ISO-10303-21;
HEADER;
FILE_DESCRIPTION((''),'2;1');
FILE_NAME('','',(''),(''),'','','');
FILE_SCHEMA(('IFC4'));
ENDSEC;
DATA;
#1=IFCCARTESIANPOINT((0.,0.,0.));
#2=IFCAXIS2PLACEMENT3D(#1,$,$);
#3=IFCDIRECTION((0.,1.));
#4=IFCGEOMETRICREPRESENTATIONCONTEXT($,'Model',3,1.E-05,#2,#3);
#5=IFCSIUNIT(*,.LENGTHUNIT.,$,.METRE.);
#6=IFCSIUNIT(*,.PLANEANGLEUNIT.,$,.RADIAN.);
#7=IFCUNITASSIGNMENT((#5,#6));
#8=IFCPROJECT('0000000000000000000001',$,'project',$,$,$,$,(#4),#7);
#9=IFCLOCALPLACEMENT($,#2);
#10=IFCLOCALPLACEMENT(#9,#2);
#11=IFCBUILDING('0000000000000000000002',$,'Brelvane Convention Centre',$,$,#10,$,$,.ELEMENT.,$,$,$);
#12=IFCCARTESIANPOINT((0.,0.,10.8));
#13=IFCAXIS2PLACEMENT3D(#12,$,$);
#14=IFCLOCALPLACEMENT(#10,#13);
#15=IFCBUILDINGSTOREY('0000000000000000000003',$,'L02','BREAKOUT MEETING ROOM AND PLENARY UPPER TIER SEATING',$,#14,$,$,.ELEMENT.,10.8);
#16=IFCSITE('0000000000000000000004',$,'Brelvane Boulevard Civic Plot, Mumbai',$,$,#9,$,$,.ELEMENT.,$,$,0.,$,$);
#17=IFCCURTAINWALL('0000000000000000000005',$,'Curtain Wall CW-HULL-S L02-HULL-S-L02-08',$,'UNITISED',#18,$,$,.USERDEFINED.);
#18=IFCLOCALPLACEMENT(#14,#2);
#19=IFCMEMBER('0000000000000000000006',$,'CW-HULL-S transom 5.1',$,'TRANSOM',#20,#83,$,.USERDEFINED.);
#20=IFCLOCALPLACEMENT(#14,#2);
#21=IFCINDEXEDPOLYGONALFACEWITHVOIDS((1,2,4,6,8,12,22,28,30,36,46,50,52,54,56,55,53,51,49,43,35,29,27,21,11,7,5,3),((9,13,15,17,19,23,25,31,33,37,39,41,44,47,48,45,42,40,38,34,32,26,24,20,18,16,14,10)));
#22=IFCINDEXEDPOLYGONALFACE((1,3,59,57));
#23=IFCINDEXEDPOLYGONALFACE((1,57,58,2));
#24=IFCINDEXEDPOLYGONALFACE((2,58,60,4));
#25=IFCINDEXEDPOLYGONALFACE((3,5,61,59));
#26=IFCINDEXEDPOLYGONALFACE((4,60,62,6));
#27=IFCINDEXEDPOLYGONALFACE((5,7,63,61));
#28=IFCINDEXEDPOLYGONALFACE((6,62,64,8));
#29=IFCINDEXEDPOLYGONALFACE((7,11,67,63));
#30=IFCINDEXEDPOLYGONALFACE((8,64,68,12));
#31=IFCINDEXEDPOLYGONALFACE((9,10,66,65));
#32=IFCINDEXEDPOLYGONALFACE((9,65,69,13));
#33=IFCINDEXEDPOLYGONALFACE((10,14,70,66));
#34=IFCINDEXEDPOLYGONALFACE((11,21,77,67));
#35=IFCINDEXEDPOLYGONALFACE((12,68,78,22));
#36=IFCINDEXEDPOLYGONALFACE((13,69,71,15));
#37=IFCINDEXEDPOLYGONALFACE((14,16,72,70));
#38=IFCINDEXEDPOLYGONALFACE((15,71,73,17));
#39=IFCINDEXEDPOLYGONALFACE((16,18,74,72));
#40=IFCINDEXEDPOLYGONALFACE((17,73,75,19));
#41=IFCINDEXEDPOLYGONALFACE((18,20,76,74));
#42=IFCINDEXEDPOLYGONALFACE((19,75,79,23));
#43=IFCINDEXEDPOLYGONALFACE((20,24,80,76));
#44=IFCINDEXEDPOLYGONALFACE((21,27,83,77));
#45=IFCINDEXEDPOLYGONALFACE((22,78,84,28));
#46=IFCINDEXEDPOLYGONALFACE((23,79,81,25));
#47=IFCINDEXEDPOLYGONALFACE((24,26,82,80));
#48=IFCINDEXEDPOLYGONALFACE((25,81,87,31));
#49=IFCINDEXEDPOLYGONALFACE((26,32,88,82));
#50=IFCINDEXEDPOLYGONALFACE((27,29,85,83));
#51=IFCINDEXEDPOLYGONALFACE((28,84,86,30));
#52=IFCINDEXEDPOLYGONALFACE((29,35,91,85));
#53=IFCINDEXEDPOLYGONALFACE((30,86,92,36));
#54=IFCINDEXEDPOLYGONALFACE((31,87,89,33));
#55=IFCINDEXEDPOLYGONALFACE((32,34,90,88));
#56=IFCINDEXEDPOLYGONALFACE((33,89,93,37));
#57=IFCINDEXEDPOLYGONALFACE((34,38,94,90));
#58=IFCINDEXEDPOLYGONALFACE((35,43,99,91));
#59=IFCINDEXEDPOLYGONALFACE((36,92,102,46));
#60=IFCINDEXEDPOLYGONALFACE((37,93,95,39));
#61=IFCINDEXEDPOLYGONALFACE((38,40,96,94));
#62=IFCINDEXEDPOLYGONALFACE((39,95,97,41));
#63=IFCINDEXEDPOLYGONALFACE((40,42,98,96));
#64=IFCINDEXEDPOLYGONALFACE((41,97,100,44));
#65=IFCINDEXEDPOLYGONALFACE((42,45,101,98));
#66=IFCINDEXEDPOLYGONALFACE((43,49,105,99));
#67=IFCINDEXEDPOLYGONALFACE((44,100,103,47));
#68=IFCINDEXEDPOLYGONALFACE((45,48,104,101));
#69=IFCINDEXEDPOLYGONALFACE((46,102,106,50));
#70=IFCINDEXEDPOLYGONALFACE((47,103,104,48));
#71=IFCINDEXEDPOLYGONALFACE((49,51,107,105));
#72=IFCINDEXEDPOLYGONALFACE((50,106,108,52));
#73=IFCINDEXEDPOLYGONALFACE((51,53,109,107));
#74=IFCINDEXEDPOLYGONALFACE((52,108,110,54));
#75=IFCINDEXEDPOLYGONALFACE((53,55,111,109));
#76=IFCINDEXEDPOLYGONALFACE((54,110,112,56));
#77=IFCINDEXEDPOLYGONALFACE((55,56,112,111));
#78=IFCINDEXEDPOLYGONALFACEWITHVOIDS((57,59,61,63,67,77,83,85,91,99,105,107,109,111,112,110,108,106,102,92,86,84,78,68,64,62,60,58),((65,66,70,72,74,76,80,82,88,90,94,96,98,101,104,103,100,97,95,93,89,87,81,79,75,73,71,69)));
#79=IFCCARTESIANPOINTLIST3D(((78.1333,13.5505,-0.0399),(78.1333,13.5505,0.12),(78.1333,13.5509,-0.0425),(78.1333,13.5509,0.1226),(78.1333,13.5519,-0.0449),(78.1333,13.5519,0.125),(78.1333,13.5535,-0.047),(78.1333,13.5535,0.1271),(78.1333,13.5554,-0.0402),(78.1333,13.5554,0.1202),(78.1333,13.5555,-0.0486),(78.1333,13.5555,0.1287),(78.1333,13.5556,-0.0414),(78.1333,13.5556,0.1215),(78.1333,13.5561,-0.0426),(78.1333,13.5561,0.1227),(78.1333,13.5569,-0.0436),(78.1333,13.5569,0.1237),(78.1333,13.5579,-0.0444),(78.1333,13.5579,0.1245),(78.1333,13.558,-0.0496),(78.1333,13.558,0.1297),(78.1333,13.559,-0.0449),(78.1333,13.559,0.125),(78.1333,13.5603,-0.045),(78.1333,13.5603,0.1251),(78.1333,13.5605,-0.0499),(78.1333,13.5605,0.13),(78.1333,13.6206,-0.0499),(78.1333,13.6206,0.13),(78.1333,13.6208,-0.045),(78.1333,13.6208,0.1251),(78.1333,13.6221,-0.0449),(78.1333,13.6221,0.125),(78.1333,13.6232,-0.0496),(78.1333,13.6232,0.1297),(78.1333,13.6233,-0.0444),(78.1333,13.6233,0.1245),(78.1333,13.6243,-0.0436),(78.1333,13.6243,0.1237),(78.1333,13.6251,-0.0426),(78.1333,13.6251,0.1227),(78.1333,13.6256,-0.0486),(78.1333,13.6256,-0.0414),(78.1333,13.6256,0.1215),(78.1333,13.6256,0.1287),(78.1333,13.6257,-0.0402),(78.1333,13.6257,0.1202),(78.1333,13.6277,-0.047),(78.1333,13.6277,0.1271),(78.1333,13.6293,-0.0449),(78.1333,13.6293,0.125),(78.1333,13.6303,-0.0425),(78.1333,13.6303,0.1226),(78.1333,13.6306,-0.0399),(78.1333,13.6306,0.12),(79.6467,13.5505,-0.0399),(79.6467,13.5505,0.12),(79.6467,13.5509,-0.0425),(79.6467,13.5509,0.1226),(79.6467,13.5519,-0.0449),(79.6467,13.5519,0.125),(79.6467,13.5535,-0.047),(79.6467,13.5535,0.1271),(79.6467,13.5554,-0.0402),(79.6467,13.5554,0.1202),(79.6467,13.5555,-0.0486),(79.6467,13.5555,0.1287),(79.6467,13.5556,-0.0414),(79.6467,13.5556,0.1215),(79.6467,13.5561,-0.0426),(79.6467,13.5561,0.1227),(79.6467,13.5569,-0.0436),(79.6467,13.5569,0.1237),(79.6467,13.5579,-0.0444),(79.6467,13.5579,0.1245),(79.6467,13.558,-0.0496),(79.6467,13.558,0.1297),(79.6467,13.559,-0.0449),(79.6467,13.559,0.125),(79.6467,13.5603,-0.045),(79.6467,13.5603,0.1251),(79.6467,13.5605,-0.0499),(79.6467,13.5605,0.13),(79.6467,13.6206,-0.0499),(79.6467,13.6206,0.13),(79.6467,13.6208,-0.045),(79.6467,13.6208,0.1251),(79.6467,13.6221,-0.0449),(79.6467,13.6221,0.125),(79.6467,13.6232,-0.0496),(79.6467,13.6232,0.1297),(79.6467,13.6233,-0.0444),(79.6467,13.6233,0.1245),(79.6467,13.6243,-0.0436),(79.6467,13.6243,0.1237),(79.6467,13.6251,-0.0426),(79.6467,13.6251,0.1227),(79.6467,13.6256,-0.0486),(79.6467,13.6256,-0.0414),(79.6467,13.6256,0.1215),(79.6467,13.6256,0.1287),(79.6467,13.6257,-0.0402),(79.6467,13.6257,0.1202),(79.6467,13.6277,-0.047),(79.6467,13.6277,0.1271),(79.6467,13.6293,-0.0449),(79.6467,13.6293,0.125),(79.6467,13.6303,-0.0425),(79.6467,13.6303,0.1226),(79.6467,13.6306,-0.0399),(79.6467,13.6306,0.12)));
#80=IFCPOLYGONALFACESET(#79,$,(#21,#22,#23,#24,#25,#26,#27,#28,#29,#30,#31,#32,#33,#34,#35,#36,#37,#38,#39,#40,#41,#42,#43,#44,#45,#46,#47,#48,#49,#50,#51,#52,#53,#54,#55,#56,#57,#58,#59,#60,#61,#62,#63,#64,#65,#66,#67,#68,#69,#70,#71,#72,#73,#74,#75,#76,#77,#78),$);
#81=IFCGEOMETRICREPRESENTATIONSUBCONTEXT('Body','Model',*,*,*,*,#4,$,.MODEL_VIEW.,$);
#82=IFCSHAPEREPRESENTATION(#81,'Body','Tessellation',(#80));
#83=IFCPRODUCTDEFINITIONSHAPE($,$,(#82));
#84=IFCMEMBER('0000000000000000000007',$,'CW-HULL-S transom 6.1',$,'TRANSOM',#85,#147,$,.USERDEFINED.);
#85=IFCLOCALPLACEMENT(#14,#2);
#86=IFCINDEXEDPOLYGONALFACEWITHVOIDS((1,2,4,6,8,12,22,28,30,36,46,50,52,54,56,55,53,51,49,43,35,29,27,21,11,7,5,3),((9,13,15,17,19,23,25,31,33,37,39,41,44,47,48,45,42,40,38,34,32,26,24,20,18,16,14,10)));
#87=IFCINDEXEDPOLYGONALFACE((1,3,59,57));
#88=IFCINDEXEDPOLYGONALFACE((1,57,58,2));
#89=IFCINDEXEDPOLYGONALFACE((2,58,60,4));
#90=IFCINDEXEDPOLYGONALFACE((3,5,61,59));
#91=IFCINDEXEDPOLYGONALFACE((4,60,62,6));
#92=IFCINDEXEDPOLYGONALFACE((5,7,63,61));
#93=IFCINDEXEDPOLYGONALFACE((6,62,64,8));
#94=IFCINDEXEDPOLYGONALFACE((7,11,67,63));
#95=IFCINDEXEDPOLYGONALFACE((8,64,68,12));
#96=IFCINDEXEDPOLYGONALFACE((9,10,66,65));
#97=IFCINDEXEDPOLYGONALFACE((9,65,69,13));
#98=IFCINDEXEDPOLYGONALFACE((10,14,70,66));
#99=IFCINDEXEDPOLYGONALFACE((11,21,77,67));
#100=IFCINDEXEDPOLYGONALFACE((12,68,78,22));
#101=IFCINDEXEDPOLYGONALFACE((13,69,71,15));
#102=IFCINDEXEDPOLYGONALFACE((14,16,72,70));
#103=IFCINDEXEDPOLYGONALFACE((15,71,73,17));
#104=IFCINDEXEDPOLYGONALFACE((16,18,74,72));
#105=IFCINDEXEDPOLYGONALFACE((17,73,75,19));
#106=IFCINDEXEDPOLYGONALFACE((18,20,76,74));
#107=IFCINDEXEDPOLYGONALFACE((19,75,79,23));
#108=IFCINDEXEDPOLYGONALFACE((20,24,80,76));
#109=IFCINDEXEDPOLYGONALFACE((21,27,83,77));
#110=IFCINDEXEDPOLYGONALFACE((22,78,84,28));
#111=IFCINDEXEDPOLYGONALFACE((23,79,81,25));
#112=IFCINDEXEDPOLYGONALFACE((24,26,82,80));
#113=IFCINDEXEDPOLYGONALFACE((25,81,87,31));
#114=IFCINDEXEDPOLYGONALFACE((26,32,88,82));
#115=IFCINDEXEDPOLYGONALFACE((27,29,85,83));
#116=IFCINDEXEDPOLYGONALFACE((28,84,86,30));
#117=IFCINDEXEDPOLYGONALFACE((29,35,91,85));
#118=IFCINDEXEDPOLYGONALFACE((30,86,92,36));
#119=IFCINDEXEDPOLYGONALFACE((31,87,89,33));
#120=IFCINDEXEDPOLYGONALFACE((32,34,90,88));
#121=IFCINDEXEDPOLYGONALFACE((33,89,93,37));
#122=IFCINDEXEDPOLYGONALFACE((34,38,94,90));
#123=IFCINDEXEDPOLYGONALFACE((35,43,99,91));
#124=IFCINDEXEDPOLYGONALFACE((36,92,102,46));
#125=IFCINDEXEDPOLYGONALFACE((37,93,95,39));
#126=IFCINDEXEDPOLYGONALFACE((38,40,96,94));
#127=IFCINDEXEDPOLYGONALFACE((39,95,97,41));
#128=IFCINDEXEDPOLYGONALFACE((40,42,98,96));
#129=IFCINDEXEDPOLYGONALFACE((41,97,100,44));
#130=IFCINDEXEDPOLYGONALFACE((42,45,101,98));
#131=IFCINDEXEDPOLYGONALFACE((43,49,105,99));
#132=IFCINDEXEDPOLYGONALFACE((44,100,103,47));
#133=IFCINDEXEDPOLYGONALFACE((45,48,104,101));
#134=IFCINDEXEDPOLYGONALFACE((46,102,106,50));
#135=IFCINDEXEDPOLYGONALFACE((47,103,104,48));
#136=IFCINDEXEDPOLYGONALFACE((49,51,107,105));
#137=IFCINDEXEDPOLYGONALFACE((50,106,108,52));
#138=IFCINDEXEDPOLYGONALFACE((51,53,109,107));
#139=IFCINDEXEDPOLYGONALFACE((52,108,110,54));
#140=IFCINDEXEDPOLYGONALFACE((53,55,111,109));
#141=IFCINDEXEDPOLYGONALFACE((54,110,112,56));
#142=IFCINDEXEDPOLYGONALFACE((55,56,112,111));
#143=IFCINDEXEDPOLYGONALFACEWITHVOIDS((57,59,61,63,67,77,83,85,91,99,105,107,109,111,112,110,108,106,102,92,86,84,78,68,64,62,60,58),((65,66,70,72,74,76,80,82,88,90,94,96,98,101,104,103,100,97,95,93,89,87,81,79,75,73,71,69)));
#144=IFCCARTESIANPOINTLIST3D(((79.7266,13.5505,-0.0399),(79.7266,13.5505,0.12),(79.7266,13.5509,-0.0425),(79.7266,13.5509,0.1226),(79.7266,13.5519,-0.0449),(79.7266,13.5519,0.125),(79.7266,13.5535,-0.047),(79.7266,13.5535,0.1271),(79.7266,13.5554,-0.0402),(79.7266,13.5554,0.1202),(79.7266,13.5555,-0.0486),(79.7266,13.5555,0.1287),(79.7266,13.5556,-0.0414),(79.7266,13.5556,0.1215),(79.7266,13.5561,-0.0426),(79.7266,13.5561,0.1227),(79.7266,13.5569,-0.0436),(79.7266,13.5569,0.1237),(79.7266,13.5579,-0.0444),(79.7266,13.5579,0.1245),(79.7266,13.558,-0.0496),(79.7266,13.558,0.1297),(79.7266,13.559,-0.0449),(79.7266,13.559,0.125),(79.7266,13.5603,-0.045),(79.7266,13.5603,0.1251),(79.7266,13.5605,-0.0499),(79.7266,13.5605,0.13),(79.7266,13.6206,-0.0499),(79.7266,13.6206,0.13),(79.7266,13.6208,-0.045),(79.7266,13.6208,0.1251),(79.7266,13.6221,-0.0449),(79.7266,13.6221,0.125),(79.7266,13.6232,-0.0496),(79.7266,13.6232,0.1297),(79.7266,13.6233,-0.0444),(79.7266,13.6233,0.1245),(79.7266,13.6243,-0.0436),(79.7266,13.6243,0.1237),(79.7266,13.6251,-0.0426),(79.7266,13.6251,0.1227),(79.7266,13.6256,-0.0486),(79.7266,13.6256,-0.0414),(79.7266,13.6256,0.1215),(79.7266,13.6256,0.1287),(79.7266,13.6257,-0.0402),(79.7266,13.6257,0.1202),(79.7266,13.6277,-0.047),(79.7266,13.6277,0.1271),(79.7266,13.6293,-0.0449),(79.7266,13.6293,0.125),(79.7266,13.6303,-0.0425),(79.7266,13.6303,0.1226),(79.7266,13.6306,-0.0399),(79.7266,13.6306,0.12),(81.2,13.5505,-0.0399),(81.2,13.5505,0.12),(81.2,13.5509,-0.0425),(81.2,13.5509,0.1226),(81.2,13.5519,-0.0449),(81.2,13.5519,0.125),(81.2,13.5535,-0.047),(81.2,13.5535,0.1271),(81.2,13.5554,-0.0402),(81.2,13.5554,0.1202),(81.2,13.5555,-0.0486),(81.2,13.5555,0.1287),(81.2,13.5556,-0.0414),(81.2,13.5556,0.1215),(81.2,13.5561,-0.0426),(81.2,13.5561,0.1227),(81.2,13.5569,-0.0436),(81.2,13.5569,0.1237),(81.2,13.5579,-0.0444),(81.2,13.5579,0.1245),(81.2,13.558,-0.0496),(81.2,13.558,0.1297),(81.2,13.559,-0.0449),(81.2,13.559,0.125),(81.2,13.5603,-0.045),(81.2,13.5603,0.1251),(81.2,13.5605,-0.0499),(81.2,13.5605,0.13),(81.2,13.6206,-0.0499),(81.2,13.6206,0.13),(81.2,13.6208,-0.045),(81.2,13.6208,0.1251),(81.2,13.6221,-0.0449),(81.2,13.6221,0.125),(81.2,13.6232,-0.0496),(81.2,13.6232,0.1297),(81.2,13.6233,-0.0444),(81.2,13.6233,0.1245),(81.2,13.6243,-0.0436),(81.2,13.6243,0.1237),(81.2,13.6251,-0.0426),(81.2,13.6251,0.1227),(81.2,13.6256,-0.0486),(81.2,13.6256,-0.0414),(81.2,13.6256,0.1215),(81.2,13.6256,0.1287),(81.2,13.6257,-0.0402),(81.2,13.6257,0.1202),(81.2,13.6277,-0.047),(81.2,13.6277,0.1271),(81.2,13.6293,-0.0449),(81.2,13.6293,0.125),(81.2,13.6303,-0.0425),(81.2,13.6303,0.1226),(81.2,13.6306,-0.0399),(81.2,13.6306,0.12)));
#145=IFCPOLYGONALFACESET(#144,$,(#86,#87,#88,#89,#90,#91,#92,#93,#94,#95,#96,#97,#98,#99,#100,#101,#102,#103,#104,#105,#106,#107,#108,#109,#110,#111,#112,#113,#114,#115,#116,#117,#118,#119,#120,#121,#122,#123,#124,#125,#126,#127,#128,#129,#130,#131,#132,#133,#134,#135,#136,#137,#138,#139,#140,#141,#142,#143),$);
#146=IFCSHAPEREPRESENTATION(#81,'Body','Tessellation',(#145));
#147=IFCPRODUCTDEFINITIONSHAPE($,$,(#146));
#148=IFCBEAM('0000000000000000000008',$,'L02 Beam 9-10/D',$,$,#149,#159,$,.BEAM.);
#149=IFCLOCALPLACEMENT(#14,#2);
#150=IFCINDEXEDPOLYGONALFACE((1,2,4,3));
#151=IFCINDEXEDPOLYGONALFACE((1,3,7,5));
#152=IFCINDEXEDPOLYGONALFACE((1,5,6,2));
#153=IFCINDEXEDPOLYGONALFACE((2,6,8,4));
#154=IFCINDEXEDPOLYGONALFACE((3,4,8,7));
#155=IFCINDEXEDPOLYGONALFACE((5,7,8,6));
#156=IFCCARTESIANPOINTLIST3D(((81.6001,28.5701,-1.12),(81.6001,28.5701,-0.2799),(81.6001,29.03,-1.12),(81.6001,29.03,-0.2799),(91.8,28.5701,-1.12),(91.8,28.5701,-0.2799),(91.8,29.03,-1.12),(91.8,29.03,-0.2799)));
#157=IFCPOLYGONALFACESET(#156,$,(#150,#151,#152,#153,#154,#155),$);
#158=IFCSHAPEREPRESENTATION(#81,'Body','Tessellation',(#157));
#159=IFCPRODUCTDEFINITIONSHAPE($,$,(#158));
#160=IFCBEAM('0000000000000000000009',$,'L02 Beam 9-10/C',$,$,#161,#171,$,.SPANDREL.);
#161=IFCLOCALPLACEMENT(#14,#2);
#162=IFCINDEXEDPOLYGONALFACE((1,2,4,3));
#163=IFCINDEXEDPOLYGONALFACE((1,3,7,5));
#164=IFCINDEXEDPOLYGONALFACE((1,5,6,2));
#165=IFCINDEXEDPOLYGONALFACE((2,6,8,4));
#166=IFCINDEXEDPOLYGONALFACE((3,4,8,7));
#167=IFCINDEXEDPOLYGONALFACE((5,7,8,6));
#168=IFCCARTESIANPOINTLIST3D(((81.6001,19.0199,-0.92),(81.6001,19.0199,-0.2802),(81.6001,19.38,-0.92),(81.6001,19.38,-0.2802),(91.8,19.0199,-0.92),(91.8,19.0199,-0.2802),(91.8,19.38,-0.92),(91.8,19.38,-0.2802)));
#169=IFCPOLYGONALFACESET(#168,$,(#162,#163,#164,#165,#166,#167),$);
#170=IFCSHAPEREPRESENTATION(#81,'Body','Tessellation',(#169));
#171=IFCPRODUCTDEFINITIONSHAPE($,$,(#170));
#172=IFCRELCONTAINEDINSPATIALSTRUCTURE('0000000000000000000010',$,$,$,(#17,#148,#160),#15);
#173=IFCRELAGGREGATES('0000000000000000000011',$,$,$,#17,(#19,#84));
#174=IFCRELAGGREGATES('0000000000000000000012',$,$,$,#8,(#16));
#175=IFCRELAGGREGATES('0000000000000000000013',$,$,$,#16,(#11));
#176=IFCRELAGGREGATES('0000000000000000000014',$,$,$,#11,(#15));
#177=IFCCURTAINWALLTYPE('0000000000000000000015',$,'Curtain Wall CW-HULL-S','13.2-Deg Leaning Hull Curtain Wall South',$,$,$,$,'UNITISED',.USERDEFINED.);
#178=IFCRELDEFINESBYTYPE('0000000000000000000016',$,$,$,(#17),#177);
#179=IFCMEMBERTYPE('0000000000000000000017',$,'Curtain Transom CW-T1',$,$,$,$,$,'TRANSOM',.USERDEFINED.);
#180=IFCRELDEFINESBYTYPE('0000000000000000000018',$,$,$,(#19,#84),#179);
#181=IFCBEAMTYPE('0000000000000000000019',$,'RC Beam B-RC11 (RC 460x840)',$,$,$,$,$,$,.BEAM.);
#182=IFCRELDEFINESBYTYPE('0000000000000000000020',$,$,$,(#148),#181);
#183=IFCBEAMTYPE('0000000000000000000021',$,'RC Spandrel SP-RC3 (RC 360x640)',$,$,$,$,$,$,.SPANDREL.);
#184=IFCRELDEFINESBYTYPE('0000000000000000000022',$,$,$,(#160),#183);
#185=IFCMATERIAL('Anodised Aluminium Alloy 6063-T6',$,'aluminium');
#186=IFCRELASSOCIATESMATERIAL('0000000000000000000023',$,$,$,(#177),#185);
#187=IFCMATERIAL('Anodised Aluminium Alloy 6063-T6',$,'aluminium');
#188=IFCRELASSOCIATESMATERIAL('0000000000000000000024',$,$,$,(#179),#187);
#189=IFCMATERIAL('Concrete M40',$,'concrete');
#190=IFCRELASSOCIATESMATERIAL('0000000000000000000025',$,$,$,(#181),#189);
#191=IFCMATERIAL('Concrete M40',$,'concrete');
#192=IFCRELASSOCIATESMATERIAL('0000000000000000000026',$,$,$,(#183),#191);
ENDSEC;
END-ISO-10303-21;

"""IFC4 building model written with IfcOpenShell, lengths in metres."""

from ifc_helpers import new_model, si_unit, direction, frame, origin, origin_2d, place, context, subcontext, project, spatial, rectangle, hollow_rectangle, extrude, material, material_profile, profile_set, type_object, element, aggregate, save


model = new_model("IFC4")

# Units and contexts
model_context = context("Model", 3, precision=1e-05, world=origin(), true_north=direction((0.0, 1.0)))
body_context = subcontext(model_context, "Body", "Model", "MODEL_VIEW")
ifc_project = project(units=[si_unit("LENGTHUNIT", "METRE"), si_unit("PLANEANGLEUNIT", "RADIAN")], contexts=[model_context])

# Site, building, storey
site_placement = place(None, origin())
site = spatial("IfcSite", under=ifc_project, at=site_placement, Name="Brelvane Boulevard Civic Plot, Mumbai", CompositionType="ELEMENT", RefElevation=0.0)
building_placement = place(site_placement, origin())
building = spatial("IfcBuilding", under=site, at=building_placement, Name="Brelvane Convention Centre", CompositionType="ELEMENT")
storey_placement = place(building_placement, frame((0.0, 0.0, 10.8)))
storey = spatial("IfcBuildingStorey", under=building, at=storey_placement, Name="L02", Description="BREAKOUT MEETING ROOM AND PLENARY UPPER TIER SEATING", CompositionType="ELEMENT", Elevation=10.8)

# Curtain wall
ifc_material_1 = material(Name="Anodised Aluminium Alloy 6063-T6", Category="aluminium")
curtain_wall_type = type_object("IfcCurtainWallType", Name="Curtain Wall CW-HULL-S", Description="13.2-Deg Leaning Hull Curtain Wall South", ElementType="UNITISED", PredefinedType="USERDEFINED", material=ifc_material_1)
curtain_wall_1_placement = place(storey_placement, origin())
curtain_wall_1 = element("IfcCurtainWall", 1, at=curtain_wall_1_placement, inside=storey, type_object=curtain_wall_type, Name="Curtain Wall CW-HULL-S L02-HULL-S-L02-08", ObjectType="UNITISED", PredefinedType="USERDEFINED")

# Members
ifc_material_2 = material(Name="Anodised Aluminium Alloy 6063-T6", Category="aluminium")
ifc_material_profile_1 = material_profile(ifc_material_2, hollow_rectangle(XDim=0.0801, YDim=0.1799, WallThickness=0.0049, InnerFilletRadius=0.0049, OuterFilletRadius=0.01, at=origin_2d()), Name="ALU-T 180x80x5.0")
ifc_profile_set_1 = profile_set([ifc_material_profile_1], Name="Anodised Aluminium Alloy 6063-T6")
member_type_1 = type_object("IfcMemberType", Name="Curtain Transom CW-T1", ElementType="TRANSOM", PredefinedType="USERDEFINED", material=ifc_profile_set_1)
member_1_placement = place(storey_placement, frame((78.1333, 13.5906, 0.04), z_axis=(1.0, 0.0, 0.0), x_axis=(0.0, 1.0, 0.0)))
member_1 = element("IfcMember", 2, at=member_1_placement, type_object=member_type_1, Name="CW-HULL-S transom 5.1", ObjectType="TRANSOM", PredefinedType="USERDEFINED", context=body_context, shape_type="SweptSolid", body=[
    extrude(hollow_rectangle(XDim=0.0801, YDim=0.1799, WallThickness=0.0049, InnerFilletRadius=0.0049, OuterFilletRadius=0.01, at=origin_2d()), origin(), (0.0, 0.0, 1.0), 1.5134),
])
member_2_placement = place(storey_placement, frame((79.7266, 13.5906, 0.04), z_axis=(1.0, 0.0, 0.0), x_axis=(0.0, 1.0, 0.0)))
member_2 = element("IfcMember", 3, at=member_2_placement, type_object=member_type_1, Name="CW-HULL-S transom 6.1", ObjectType="TRANSOM", PredefinedType="USERDEFINED", context=body_context, shape_type="SweptSolid", body=[
    extrude(hollow_rectangle(XDim=0.0801, YDim=0.1799, WallThickness=0.0049, InnerFilletRadius=0.0049, OuterFilletRadius=0.01, at=origin_2d()), origin(), (0.0, 0.0, 1.0), 1.4734),
])

# Beams
ifc_material_3 = material(Name="Concrete M40", Category="concrete")
ifc_material_profile_2 = material_profile(ifc_material_3, rectangle(XDim=0.46, YDim=0.8401, at=origin_2d()), Name="RC 460x840")
ifc_profile_set_2 = profile_set([ifc_material_profile_2], Name="Concrete M40")
beam_type_1 = type_object("IfcBeamType", Name="RC Beam B-RC11 (RC 460x840)", PredefinedType="BEAM", material=ifc_profile_set_2)
beam_1_placement = place(storey_placement, frame((81.6001, 28.8, -0.7), z_axis=(1.0, 0.0, 0.0), x_axis=(0.0, 1.0, 0.0)))
element("IfcBeam", 4, at=beam_1_placement, inside=storey, type_object=beam_type_1, Name="L02 Beam 9-10/D", PredefinedType="BEAM", context=body_context, shape_type="SweptSolid", body=[
    extrude(rectangle(XDim=0.46, YDim=0.8401, at=origin_2d()), origin(), (0.0, 0.0, 1.0), 10.2),
])
ifc_material_4 = material(Name="Concrete M40", Category="concrete")
ifc_material_profile_3 = material_profile(ifc_material_4, rectangle(XDim=0.3601, YDim=0.6399, at=origin_2d()), Name="RC 360x640")
ifc_profile_set_3 = profile_set([ifc_material_profile_3], Name="Concrete M40")
beam_type_2 = type_object("IfcBeamType", Name="RC Spandrel SP-RC3 (RC 360x640)", PredefinedType="SPANDREL", material=ifc_profile_set_3)
beam_2_placement = place(storey_placement, frame((81.6001, 19.2, -0.6001), z_axis=(1.0, 0.0, 0.0), x_axis=(0.0, 1.0, 0.0)))
element("IfcBeam", 5, at=beam_2_placement, inside=storey, type_object=beam_type_2, Name="L02 Beam 9-10/C", PredefinedType="SPANDREL", context=body_context, shape_type="SweptSolid", body=[
    extrude(rectangle(XDim=0.3601, YDim=0.6399, at=origin_2d()), origin(), (0.0, 0.0, 1.0), 10.2),
])

aggregate(curtain_wall_1, [member_1, member_2])

save(model, "model.ifc")
